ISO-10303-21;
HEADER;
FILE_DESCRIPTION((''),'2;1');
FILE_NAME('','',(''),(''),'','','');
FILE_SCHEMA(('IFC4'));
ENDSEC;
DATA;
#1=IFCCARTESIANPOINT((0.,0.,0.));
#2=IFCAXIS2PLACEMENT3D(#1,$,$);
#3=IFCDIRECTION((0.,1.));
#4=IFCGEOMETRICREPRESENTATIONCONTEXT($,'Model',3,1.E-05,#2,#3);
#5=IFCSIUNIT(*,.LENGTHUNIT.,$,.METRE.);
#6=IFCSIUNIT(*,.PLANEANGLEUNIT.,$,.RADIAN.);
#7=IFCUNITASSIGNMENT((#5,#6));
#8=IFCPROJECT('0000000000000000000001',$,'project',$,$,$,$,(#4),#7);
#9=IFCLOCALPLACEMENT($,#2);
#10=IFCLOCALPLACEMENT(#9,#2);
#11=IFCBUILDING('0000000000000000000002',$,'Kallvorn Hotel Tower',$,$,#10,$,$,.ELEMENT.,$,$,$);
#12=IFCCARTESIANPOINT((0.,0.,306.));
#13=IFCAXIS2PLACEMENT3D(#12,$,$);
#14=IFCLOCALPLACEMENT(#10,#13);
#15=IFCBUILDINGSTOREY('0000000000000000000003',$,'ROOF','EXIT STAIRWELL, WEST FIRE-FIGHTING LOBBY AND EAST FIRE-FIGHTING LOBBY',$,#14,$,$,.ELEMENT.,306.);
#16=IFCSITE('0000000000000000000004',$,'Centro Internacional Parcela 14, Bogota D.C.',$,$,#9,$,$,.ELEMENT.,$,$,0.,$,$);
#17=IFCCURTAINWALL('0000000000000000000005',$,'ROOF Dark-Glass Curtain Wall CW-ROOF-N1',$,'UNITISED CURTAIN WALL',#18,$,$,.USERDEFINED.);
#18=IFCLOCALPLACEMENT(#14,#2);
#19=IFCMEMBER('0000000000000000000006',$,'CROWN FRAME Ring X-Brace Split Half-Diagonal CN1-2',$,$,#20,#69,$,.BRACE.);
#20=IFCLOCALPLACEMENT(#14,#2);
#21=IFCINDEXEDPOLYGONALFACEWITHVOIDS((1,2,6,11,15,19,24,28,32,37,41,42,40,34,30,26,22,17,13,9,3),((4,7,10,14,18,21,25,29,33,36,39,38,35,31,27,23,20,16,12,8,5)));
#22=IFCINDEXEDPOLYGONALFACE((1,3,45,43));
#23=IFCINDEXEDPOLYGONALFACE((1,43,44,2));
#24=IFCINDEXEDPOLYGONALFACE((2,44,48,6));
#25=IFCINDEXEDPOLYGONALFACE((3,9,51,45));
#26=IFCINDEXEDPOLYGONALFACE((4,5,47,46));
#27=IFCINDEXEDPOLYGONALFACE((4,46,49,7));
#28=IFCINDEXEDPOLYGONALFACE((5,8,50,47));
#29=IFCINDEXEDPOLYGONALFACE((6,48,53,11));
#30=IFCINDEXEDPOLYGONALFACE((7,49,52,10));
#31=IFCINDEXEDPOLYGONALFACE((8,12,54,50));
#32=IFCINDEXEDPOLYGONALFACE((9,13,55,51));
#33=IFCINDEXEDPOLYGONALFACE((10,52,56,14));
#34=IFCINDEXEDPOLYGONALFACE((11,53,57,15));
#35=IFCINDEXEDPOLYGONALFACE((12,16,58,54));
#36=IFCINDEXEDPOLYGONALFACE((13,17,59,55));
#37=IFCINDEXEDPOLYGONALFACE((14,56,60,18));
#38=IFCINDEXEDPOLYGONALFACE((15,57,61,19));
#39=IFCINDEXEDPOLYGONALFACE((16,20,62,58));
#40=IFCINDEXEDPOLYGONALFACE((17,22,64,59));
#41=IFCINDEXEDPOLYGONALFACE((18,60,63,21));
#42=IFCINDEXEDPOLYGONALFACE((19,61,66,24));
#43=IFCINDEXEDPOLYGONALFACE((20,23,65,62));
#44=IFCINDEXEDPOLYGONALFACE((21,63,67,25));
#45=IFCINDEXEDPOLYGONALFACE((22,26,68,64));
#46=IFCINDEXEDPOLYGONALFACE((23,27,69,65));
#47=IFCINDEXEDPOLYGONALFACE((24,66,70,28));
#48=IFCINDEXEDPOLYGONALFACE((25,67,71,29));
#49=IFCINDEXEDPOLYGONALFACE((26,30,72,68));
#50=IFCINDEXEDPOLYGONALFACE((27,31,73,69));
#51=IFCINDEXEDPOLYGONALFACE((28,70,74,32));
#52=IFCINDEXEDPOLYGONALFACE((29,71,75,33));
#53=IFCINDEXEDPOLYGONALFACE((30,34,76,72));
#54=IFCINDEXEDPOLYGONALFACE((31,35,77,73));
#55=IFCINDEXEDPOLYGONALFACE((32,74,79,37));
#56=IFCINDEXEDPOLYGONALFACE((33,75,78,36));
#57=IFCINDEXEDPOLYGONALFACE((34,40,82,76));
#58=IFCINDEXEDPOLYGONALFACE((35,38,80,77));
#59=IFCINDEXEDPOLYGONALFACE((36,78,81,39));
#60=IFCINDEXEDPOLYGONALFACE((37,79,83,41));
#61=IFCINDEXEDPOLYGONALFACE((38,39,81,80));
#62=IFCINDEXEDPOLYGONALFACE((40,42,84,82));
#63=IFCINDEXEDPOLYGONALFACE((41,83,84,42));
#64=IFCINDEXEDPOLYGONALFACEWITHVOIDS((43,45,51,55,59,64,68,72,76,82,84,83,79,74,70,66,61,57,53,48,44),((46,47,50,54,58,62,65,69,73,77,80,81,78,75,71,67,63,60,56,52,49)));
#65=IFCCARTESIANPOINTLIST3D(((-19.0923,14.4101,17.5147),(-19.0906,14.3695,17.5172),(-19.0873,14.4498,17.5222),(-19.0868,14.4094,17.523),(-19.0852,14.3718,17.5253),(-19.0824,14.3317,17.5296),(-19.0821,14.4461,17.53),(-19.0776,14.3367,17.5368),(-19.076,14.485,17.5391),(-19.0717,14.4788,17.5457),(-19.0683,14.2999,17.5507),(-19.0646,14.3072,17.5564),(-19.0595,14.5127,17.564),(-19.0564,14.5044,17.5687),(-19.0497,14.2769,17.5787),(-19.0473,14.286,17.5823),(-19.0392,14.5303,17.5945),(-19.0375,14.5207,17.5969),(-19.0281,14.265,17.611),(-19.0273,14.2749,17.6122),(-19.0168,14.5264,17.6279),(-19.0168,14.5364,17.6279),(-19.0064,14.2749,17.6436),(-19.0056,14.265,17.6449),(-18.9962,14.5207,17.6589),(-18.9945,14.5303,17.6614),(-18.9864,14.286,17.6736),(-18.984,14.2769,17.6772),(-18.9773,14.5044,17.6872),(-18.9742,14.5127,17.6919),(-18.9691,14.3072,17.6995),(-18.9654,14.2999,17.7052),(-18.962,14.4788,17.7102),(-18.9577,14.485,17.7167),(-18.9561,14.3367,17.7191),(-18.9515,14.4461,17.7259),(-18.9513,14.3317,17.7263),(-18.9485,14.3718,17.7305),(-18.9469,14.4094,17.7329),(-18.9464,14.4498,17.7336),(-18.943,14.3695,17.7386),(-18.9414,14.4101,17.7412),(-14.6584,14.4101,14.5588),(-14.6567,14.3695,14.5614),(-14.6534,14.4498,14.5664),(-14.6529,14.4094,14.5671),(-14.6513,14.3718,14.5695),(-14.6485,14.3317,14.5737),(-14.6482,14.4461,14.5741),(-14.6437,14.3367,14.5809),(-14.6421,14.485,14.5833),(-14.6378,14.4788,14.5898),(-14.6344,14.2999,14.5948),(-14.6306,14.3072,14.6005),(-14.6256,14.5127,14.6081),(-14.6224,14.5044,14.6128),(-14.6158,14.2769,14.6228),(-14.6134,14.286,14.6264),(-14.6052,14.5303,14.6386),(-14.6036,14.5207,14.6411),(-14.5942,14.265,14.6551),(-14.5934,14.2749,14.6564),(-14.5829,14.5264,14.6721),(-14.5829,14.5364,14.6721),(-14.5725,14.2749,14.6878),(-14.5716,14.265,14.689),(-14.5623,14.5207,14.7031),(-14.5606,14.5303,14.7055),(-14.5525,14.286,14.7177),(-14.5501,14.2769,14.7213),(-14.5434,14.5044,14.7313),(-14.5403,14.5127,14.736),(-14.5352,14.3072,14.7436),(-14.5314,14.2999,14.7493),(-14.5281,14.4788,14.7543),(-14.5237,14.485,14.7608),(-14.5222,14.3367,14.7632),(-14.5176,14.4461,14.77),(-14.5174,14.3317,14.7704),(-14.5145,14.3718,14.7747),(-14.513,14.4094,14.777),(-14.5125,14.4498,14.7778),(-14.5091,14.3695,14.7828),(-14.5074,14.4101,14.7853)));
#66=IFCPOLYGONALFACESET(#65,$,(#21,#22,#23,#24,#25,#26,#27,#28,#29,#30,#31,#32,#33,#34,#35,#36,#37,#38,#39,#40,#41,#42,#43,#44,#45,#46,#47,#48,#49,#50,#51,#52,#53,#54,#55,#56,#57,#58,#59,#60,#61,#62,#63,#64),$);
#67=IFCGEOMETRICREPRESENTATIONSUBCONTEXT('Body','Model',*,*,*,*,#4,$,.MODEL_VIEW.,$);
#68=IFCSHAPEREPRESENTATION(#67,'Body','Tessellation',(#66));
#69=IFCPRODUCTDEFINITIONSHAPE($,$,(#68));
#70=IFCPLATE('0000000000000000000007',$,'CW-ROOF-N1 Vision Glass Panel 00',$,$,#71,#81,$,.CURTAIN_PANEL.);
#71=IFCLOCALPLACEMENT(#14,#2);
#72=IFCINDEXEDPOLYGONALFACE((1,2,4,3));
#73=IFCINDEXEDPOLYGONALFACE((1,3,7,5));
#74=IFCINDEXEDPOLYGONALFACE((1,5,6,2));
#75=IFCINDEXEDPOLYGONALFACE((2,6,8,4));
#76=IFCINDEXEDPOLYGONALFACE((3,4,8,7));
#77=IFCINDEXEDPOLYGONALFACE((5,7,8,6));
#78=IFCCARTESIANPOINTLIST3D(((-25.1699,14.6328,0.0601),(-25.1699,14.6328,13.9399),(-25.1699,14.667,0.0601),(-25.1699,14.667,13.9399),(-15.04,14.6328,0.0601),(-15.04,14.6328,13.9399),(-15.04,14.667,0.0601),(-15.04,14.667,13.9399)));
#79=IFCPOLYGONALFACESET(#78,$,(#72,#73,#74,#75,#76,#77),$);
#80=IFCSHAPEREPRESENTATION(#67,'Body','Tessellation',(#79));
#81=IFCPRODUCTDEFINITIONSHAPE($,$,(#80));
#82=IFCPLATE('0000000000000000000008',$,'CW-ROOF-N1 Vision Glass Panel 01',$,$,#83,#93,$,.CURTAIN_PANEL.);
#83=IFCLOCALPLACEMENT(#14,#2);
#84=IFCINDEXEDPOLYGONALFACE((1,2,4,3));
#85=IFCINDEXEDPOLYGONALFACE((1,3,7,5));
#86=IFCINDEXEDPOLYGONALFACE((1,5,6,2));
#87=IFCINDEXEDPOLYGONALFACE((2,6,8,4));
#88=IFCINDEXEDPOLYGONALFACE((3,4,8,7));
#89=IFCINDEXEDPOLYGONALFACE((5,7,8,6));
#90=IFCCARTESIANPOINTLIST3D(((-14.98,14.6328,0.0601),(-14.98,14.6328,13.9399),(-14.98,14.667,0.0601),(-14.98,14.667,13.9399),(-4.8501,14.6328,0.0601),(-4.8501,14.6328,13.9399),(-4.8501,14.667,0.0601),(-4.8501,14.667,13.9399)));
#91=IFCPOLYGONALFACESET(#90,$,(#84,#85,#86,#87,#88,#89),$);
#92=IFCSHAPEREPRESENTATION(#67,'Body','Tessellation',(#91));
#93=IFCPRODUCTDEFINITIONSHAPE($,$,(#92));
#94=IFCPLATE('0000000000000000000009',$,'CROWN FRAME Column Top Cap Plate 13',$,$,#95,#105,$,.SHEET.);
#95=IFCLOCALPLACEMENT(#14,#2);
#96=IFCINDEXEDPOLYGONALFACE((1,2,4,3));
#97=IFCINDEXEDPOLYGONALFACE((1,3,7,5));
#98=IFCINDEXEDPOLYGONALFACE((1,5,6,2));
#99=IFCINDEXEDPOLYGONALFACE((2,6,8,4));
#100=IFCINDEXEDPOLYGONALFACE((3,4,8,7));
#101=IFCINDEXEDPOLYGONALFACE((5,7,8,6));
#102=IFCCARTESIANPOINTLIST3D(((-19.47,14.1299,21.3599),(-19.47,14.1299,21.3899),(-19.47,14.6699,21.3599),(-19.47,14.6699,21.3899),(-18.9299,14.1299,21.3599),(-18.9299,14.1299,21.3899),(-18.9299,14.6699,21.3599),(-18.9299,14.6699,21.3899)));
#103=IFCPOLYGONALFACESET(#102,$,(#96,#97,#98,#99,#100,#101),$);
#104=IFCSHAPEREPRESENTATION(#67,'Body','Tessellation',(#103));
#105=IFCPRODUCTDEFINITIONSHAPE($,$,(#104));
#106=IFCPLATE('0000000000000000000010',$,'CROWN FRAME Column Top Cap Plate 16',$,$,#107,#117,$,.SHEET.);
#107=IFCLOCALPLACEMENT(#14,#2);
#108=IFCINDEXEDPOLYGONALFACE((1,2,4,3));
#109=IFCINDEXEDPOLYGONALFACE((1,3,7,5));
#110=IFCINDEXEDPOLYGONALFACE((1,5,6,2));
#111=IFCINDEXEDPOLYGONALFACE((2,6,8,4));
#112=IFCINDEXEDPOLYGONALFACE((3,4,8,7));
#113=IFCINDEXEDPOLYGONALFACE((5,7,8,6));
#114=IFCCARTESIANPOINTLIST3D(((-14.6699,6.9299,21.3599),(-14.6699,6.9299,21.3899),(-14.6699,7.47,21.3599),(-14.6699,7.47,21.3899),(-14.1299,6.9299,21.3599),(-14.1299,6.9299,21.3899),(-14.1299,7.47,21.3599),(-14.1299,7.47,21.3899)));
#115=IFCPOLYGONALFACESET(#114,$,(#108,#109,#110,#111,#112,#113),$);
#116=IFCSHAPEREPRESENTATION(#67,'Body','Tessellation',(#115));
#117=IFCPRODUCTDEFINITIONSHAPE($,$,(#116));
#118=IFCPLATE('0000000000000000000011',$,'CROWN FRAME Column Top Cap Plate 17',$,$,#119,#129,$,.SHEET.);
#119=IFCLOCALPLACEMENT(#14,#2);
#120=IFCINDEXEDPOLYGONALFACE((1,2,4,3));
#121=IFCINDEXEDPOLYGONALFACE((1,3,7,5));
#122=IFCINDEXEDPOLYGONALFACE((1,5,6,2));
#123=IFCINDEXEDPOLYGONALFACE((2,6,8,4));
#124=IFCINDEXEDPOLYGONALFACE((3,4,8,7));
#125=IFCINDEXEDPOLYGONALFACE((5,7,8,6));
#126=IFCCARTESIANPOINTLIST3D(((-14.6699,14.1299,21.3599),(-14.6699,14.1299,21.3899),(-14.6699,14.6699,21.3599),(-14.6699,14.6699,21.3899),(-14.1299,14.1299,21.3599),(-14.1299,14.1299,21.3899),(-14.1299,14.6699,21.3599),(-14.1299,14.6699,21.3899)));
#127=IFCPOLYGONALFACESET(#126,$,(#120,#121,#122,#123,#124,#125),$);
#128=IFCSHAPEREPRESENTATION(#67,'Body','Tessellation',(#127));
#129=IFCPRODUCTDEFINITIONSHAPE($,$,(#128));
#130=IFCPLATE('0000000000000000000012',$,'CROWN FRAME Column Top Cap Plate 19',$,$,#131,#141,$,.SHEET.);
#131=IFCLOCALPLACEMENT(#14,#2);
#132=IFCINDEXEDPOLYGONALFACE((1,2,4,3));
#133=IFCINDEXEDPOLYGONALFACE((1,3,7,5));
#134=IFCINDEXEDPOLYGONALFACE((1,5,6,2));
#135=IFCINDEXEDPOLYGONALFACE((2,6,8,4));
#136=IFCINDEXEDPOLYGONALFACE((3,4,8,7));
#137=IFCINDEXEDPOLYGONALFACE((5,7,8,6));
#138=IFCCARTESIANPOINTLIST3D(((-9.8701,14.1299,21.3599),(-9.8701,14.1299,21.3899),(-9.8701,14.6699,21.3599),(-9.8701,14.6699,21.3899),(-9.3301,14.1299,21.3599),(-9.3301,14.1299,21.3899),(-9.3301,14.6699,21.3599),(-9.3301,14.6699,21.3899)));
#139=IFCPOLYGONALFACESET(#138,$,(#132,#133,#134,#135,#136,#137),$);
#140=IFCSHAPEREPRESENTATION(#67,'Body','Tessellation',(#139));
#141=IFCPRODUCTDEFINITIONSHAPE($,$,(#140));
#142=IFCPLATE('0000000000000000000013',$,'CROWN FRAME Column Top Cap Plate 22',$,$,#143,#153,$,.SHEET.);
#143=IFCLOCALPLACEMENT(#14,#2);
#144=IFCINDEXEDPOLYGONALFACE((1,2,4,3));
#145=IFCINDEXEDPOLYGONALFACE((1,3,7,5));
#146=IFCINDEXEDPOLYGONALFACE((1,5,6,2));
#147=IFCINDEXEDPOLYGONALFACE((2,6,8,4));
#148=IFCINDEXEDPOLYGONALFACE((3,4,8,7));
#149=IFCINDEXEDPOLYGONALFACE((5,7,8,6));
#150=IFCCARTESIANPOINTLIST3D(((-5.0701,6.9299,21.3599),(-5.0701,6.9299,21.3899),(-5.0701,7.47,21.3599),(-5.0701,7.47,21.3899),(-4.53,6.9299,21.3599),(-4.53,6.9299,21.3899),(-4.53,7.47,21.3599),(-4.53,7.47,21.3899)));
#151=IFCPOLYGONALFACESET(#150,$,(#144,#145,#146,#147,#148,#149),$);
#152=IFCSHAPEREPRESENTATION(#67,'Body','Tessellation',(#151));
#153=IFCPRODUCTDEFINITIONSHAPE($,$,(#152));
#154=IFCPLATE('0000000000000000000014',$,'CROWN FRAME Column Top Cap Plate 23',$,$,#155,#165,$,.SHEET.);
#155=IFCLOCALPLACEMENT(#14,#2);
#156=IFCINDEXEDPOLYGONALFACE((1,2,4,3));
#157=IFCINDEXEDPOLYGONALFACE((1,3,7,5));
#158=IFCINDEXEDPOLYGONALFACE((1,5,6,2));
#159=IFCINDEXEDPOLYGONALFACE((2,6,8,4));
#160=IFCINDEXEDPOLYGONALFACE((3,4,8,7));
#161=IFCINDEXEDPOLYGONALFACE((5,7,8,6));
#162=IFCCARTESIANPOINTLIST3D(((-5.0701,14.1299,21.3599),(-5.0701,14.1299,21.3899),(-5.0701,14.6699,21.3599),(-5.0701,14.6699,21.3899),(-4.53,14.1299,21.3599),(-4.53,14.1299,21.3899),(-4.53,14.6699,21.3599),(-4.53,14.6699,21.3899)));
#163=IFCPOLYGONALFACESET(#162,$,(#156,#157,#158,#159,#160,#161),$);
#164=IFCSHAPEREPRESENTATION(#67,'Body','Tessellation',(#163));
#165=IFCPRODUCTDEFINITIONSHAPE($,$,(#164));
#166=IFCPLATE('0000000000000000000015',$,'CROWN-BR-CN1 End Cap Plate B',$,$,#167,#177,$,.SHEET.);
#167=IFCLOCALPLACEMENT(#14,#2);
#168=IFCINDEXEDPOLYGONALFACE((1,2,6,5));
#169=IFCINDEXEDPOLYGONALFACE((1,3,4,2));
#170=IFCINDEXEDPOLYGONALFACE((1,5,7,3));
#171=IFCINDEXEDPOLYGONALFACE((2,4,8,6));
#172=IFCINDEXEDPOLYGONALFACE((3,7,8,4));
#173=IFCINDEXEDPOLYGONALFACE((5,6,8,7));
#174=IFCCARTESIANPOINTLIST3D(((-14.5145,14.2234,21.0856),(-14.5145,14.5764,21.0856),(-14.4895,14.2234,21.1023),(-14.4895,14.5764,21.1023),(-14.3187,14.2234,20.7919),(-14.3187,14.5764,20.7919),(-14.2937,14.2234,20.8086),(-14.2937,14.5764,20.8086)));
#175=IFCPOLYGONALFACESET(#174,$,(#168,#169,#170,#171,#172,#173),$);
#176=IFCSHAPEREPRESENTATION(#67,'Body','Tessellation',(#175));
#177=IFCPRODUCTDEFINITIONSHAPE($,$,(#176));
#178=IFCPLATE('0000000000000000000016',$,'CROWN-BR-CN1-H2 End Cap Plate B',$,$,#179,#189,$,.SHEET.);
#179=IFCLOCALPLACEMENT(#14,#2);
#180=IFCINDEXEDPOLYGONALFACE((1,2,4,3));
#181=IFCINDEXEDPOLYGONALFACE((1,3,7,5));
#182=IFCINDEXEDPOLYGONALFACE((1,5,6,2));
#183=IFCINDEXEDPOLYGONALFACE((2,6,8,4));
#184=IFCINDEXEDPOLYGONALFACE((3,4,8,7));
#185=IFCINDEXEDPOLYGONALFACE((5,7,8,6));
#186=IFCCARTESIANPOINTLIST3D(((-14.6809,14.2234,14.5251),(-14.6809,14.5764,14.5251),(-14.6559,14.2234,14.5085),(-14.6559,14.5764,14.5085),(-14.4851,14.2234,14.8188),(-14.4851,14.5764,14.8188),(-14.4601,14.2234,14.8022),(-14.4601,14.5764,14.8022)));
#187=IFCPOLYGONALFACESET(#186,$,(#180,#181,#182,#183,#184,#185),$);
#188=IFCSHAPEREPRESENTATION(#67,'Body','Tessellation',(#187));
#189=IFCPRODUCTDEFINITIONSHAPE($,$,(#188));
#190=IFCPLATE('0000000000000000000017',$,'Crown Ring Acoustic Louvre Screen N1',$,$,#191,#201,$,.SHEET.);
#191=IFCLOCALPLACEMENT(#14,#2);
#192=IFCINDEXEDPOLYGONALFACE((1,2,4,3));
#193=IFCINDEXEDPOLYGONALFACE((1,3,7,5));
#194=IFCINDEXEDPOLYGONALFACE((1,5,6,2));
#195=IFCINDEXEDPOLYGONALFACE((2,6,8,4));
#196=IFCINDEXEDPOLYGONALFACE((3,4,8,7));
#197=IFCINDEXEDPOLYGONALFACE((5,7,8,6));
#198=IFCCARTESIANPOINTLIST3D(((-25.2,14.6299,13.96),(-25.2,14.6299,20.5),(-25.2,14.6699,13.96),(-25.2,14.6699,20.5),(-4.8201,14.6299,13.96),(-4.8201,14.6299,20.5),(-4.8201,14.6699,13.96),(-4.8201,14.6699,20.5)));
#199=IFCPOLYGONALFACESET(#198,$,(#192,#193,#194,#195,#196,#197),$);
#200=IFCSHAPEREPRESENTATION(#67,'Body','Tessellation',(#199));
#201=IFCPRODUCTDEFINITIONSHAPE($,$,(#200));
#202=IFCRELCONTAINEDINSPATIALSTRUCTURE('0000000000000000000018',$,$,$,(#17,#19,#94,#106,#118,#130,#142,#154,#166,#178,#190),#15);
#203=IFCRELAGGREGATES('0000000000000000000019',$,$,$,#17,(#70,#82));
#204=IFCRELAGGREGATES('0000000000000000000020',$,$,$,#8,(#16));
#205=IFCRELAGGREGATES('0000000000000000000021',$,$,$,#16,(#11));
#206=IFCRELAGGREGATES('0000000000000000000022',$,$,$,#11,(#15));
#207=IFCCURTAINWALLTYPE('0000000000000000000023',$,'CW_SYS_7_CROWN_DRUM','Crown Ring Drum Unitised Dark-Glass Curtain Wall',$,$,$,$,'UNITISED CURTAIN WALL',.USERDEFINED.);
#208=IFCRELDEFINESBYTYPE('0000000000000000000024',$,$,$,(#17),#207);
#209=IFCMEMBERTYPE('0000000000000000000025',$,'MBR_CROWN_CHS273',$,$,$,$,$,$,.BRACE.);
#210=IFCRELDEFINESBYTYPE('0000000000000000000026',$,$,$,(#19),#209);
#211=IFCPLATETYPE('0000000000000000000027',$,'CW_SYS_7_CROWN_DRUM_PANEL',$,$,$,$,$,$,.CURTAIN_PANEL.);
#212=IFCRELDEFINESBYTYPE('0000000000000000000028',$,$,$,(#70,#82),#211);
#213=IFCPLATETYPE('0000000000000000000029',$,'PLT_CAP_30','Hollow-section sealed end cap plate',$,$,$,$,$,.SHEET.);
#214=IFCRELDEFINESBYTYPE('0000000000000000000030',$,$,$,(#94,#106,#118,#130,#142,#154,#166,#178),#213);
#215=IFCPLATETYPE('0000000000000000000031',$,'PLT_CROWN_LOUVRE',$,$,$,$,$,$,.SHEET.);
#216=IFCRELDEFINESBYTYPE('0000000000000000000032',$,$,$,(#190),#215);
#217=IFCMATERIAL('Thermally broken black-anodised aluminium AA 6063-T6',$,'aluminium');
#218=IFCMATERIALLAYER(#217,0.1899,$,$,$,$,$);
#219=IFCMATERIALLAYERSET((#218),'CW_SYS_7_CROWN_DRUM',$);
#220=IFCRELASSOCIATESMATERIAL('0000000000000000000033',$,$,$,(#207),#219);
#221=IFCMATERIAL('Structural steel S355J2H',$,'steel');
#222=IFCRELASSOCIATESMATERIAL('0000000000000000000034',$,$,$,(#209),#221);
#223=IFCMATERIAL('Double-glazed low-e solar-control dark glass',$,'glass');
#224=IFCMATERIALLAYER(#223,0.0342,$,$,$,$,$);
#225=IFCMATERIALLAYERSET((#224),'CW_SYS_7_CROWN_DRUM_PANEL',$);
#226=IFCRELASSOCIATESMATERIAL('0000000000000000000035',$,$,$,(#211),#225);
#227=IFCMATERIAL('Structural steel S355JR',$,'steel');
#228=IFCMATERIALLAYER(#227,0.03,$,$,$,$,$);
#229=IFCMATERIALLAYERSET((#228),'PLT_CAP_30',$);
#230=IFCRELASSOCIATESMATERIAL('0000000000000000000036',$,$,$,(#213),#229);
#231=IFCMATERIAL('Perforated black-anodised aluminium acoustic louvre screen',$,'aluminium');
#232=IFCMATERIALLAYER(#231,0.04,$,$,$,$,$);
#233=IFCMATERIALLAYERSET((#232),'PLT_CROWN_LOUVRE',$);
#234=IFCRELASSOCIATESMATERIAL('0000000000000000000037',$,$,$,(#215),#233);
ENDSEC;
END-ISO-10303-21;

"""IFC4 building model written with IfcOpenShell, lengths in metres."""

from ifc_helpers import new_model, si_unit, direction, frame, origin, origin_2d, place, context, subcontext, project, spatial, polyline, rectangle, hollow_circle, outline, extrude, material, layer, layer_set, material_profile, profile_set, type_object, element, aggregate, save


model = new_model("IFC4")

# Units and contexts
model_context = context("Model", 3, precision=1e-05, world=origin(), true_north=direction((0.0, 1.0)))
body_context = subcontext(model_context, "Body", "Model", "MODEL_VIEW")
ifc_project = project(units=[si_unit("LENGTHUNIT", "METRE"), si_unit("PLANEANGLEUNIT", "RADIAN")], contexts=[model_context])

# Site, building, storey
site_placement = place(None, origin())
site = spatial("IfcSite", under=ifc_project, at=site_placement, Name="Centro Internacional Parcela 14, Bogota D.C.", CompositionType="ELEMENT", RefElevation=0.0)
building_placement = place(site_placement, origin())
building = spatial("IfcBuilding", under=site, at=building_placement, Name="Kallvorn Hotel Tower", CompositionType="ELEMENT")
storey_placement = place(building_placement, frame((0.0, 0.0, 306.0)))
storey = spatial("IfcBuildingStorey", under=building, at=storey_placement, Name="ROOF", Description="EXIT STAIRWELL, WEST FIRE-FIGHTING LOBBY AND EAST FIRE-FIGHTING LOBBY", CompositionType="ELEMENT", Elevation=306.0)

# Curtain wall
ifc_material_1 = material(Name="Thermally broken black-anodised aluminium AA 6063-T6", Category="aluminium")
ifc_layer_1 = layer(ifc_material_1, 0.1899)
ifc_layer_set_1 = layer_set([ifc_layer_1], Name="CW_SYS_7_CROWN_DRUM")
curtain_wall_type = type_object("IfcCurtainWallType", Name="CW_SYS_7_CROWN_DRUM", Description="Crown Ring Drum Unitised Dark-Glass Curtain Wall", ElementType="UNITISED CURTAIN WALL", PredefinedType="USERDEFINED", material=ifc_layer_set_1)
curtain_wall_1_placement = place(storey_placement, origin())
curtain_wall_1 = element("IfcCurtainWall", 1, at=curtain_wall_1_placement, inside=storey, type_object=curtain_wall_type, Name="ROOF Dark-Glass Curtain Wall CW-ROOF-N1", ObjectType="UNITISED CURTAIN WALL", PredefinedType="USERDEFINED")

# Member
ifc_material_2 = material(Name="Structural steel S355J2H", Category="steel")
ifc_material_profile_1 = material_profile(ifc_material_2, hollow_circle(Radius=0.1365, WallThickness=0.01, at=origin_2d()), Name="CHS 273x10")
ifc_profile_set_1 = profile_set([ifc_material_profile_1], Name="Structural steel S355J2H")
member_type_1 = type_object("IfcMemberType", Name="MBR_CROWN_CHS273", PredefinedType="BRACE", material=ifc_profile_set_1)
member_1_placement = place(storey_placement, frame((-19.0168, 14.3999, 17.6279), z_axis=(0.832057, 0.0, -0.55469), x_axis=(0.0, 1.0, 0.0)))
element("IfcMember", 2, at=member_1_placement, inside=storey, type_object=member_type_1, Name="CROWN FRAME Ring X-Brace Split Half-Diagonal CN1-2", PredefinedType="BRACE", context=body_context, shape_type="SweptSolid", body=[
    extrude(hollow_circle(Radius=0.1365, WallThickness=0.01, at=origin_2d()), origin(), (0.0, 0.0, 1.0), 5.3289),
])

# Plates
ifc_material_3 = material(Name="Double-glazed low-e solar-control dark glass", Category="glass")
ifc_layer_2 = layer(ifc_material_3, 0.0342)
ifc_layer_set_2 = layer_set([ifc_layer_2], Name="CW_SYS_7_CROWN_DRUM_PANEL")
plate_type_1 = type_object("IfcPlateType", Name="CW_SYS_7_CROWN_DRUM_PANEL", PredefinedType="CURTAIN_PANEL", material=ifc_layer_set_2)
plate_1_placement = place(storey_placement, frame((-20.105, 14.6499, 0.0601), z_axis=(0.0, 0.0, 1.0), x_axis=(1.0, 0.0, 0.0)))
plate_1 = element("IfcPlate", 3, at=plate_1_placement, type_object=plate_type_1, Name="CW-ROOF-N1 Vision Glass Panel 00", PredefinedType="CURTAIN_PANEL", context=body_context, shape_type="SweptSolid", body=[
    extrude(rectangle(XDim=10.1299, YDim=0.0342, at=origin_2d()), origin(), (0.0, 0.0, 1.0), 13.8799),
])
plate_2_placement = place(storey_placement, frame((-9.915, 14.6499, 0.0601), z_axis=(0.0, 0.0, 1.0), x_axis=(1.0, 0.0, 0.0)))
plate_2 = element("IfcPlate", 4, at=plate_2_placement, type_object=plate_type_1, Name="CW-ROOF-N1 Vision Glass Panel 01", PredefinedType="CURTAIN_PANEL", context=body_context, shape_type="SweptSolid", body=[
    extrude(rectangle(XDim=10.1299, YDim=0.0342, at=origin_2d()), origin(), (0.0, 0.0, 1.0), 13.8799),
])
aggregate(curtain_wall_1, [plate_1, plate_2])

# Plates
ifc_material_4 = material(Name="Structural steel S355JR", Category="steel")
ifc_layer_3 = layer(ifc_material_4, 0.03)
ifc_layer_set_3 = layer_set([ifc_layer_3], Name="PLT_CAP_30")
plate_type_2 = type_object("IfcPlateType", Name="PLT_CAP_30", Description="Hollow-section sealed end cap plate", PredefinedType="SHEET", material=ifc_layer_set_3)
for number, where, z_axis, x_axis, name in (
    (5, (-19.2, 14.3999, 21.3599), (0.0, 0.0, 1.0), (1.0, 0.0, 0.0), "CROWN FRAME Column Top Cap Plate 13"),
    (6, (-14.3999, 7.2, 21.3599), (0.0, 0.0, 1.0), (1.0, 0.0, 0.0), "CROWN FRAME Column Top Cap Plate 16"),
    (7, (-14.3999, 14.3999, 21.3599), (0.0, 0.0, 1.0), (1.0, 0.0, 0.0), "CROWN FRAME Column Top Cap Plate 17"),
    (8, (-9.6001, 14.3999, 21.3599), (0.0, 0.0, 1.0), (1.0, 0.0, 0.0), "CROWN FRAME Column Top Cap Plate 19"),
    (9, (-4.8, 7.2, 21.3599), (0.0, 0.0, 1.0), (1.0, 0.0, 0.0), "CROWN FRAME Column Top Cap Plate 22"),
    (10, (-4.8, 14.3999, 21.3599), (0.0, 0.0, 1.0), (1.0, 0.0, 0.0), "CROWN FRAME Column Top Cap Plate 23"),
):
    element("IfcPlate", number, at=place(storey_placement, frame(where, z_axis=z_axis, x_axis=x_axis)), inside=storey, type_object=plate_type_2, Name=name, PredefinedType="SHEET", context=body_context, shape_type="SweptSolid", body=[
        extrude(rectangle(XDim=0.54, YDim=0.54, at=origin_2d()), origin(), (0.0, 0.0, 1.0), 0.03),
    ])
for number, where, z_axis, x_axis, name in (
    (11, (-14.2937, 14.2234, 20.8086), (0.83205, 0.0, 0.5547), (0.0, 1.0, 0.0), "CROWN-BR-CN1 End Cap Plate B"),
    (12, (-14.6809, 14.5764, 14.5251), (-0.83205, 0.0, 0.5547), (0.0, -1.0, 0.0), "CROWN-BR-CN1-H2 End Cap Plate B"),
):
    element("IfcPlate", number, at=place(storey_placement, frame(where, z_axis=z_axis, x_axis=x_axis)), inside=storey, type_object=plate_type_2, Name=name, PredefinedType="SHEET", context=body_context, shape_type="SweptSolid", body=[
        extrude(outline(polyline([(0.0, 0.0), (0.353, 0.0), (0.353, 0.353), (0.0, 0.353), (0.0, 0.0)])), origin(), (0.0, 0.0, -1.0), 0.03),
    ])
ifc_material_5 = material(Name="Perforated black-anodised aluminium acoustic louvre screen", Category="aluminium")
ifc_layer_4 = layer(ifc_material_5, 0.04)
ifc_layer_set_4 = layer_set([ifc_layer_4], Name="PLT_CROWN_LOUVRE")
plate_type_3 = type_object("IfcPlateType", Name="PLT_CROWN_LOUVRE", PredefinedType="SHEET", material=ifc_layer_set_4)
plate_3_placement = place(storey_placement, frame((-15.01, 14.6499, 13.96), z_axis=(0.0, 0.0, 1.0), x_axis=(1.0, 0.0, 0.0)))
element("IfcPlate", 13, at=plate_3_placement, inside=storey, type_object=plate_type_3, Name="Crown Ring Acoustic Louvre Screen N1", PredefinedType="SHEET", context=body_context, shape_type="SweptSolid", body=[
    extrude(rectangle(XDim=20.3799, YDim=0.04, at=origin_2d()), origin(), (0.0, 0.0, 1.0), 6.54),
])

save(model, "model.ifc")
